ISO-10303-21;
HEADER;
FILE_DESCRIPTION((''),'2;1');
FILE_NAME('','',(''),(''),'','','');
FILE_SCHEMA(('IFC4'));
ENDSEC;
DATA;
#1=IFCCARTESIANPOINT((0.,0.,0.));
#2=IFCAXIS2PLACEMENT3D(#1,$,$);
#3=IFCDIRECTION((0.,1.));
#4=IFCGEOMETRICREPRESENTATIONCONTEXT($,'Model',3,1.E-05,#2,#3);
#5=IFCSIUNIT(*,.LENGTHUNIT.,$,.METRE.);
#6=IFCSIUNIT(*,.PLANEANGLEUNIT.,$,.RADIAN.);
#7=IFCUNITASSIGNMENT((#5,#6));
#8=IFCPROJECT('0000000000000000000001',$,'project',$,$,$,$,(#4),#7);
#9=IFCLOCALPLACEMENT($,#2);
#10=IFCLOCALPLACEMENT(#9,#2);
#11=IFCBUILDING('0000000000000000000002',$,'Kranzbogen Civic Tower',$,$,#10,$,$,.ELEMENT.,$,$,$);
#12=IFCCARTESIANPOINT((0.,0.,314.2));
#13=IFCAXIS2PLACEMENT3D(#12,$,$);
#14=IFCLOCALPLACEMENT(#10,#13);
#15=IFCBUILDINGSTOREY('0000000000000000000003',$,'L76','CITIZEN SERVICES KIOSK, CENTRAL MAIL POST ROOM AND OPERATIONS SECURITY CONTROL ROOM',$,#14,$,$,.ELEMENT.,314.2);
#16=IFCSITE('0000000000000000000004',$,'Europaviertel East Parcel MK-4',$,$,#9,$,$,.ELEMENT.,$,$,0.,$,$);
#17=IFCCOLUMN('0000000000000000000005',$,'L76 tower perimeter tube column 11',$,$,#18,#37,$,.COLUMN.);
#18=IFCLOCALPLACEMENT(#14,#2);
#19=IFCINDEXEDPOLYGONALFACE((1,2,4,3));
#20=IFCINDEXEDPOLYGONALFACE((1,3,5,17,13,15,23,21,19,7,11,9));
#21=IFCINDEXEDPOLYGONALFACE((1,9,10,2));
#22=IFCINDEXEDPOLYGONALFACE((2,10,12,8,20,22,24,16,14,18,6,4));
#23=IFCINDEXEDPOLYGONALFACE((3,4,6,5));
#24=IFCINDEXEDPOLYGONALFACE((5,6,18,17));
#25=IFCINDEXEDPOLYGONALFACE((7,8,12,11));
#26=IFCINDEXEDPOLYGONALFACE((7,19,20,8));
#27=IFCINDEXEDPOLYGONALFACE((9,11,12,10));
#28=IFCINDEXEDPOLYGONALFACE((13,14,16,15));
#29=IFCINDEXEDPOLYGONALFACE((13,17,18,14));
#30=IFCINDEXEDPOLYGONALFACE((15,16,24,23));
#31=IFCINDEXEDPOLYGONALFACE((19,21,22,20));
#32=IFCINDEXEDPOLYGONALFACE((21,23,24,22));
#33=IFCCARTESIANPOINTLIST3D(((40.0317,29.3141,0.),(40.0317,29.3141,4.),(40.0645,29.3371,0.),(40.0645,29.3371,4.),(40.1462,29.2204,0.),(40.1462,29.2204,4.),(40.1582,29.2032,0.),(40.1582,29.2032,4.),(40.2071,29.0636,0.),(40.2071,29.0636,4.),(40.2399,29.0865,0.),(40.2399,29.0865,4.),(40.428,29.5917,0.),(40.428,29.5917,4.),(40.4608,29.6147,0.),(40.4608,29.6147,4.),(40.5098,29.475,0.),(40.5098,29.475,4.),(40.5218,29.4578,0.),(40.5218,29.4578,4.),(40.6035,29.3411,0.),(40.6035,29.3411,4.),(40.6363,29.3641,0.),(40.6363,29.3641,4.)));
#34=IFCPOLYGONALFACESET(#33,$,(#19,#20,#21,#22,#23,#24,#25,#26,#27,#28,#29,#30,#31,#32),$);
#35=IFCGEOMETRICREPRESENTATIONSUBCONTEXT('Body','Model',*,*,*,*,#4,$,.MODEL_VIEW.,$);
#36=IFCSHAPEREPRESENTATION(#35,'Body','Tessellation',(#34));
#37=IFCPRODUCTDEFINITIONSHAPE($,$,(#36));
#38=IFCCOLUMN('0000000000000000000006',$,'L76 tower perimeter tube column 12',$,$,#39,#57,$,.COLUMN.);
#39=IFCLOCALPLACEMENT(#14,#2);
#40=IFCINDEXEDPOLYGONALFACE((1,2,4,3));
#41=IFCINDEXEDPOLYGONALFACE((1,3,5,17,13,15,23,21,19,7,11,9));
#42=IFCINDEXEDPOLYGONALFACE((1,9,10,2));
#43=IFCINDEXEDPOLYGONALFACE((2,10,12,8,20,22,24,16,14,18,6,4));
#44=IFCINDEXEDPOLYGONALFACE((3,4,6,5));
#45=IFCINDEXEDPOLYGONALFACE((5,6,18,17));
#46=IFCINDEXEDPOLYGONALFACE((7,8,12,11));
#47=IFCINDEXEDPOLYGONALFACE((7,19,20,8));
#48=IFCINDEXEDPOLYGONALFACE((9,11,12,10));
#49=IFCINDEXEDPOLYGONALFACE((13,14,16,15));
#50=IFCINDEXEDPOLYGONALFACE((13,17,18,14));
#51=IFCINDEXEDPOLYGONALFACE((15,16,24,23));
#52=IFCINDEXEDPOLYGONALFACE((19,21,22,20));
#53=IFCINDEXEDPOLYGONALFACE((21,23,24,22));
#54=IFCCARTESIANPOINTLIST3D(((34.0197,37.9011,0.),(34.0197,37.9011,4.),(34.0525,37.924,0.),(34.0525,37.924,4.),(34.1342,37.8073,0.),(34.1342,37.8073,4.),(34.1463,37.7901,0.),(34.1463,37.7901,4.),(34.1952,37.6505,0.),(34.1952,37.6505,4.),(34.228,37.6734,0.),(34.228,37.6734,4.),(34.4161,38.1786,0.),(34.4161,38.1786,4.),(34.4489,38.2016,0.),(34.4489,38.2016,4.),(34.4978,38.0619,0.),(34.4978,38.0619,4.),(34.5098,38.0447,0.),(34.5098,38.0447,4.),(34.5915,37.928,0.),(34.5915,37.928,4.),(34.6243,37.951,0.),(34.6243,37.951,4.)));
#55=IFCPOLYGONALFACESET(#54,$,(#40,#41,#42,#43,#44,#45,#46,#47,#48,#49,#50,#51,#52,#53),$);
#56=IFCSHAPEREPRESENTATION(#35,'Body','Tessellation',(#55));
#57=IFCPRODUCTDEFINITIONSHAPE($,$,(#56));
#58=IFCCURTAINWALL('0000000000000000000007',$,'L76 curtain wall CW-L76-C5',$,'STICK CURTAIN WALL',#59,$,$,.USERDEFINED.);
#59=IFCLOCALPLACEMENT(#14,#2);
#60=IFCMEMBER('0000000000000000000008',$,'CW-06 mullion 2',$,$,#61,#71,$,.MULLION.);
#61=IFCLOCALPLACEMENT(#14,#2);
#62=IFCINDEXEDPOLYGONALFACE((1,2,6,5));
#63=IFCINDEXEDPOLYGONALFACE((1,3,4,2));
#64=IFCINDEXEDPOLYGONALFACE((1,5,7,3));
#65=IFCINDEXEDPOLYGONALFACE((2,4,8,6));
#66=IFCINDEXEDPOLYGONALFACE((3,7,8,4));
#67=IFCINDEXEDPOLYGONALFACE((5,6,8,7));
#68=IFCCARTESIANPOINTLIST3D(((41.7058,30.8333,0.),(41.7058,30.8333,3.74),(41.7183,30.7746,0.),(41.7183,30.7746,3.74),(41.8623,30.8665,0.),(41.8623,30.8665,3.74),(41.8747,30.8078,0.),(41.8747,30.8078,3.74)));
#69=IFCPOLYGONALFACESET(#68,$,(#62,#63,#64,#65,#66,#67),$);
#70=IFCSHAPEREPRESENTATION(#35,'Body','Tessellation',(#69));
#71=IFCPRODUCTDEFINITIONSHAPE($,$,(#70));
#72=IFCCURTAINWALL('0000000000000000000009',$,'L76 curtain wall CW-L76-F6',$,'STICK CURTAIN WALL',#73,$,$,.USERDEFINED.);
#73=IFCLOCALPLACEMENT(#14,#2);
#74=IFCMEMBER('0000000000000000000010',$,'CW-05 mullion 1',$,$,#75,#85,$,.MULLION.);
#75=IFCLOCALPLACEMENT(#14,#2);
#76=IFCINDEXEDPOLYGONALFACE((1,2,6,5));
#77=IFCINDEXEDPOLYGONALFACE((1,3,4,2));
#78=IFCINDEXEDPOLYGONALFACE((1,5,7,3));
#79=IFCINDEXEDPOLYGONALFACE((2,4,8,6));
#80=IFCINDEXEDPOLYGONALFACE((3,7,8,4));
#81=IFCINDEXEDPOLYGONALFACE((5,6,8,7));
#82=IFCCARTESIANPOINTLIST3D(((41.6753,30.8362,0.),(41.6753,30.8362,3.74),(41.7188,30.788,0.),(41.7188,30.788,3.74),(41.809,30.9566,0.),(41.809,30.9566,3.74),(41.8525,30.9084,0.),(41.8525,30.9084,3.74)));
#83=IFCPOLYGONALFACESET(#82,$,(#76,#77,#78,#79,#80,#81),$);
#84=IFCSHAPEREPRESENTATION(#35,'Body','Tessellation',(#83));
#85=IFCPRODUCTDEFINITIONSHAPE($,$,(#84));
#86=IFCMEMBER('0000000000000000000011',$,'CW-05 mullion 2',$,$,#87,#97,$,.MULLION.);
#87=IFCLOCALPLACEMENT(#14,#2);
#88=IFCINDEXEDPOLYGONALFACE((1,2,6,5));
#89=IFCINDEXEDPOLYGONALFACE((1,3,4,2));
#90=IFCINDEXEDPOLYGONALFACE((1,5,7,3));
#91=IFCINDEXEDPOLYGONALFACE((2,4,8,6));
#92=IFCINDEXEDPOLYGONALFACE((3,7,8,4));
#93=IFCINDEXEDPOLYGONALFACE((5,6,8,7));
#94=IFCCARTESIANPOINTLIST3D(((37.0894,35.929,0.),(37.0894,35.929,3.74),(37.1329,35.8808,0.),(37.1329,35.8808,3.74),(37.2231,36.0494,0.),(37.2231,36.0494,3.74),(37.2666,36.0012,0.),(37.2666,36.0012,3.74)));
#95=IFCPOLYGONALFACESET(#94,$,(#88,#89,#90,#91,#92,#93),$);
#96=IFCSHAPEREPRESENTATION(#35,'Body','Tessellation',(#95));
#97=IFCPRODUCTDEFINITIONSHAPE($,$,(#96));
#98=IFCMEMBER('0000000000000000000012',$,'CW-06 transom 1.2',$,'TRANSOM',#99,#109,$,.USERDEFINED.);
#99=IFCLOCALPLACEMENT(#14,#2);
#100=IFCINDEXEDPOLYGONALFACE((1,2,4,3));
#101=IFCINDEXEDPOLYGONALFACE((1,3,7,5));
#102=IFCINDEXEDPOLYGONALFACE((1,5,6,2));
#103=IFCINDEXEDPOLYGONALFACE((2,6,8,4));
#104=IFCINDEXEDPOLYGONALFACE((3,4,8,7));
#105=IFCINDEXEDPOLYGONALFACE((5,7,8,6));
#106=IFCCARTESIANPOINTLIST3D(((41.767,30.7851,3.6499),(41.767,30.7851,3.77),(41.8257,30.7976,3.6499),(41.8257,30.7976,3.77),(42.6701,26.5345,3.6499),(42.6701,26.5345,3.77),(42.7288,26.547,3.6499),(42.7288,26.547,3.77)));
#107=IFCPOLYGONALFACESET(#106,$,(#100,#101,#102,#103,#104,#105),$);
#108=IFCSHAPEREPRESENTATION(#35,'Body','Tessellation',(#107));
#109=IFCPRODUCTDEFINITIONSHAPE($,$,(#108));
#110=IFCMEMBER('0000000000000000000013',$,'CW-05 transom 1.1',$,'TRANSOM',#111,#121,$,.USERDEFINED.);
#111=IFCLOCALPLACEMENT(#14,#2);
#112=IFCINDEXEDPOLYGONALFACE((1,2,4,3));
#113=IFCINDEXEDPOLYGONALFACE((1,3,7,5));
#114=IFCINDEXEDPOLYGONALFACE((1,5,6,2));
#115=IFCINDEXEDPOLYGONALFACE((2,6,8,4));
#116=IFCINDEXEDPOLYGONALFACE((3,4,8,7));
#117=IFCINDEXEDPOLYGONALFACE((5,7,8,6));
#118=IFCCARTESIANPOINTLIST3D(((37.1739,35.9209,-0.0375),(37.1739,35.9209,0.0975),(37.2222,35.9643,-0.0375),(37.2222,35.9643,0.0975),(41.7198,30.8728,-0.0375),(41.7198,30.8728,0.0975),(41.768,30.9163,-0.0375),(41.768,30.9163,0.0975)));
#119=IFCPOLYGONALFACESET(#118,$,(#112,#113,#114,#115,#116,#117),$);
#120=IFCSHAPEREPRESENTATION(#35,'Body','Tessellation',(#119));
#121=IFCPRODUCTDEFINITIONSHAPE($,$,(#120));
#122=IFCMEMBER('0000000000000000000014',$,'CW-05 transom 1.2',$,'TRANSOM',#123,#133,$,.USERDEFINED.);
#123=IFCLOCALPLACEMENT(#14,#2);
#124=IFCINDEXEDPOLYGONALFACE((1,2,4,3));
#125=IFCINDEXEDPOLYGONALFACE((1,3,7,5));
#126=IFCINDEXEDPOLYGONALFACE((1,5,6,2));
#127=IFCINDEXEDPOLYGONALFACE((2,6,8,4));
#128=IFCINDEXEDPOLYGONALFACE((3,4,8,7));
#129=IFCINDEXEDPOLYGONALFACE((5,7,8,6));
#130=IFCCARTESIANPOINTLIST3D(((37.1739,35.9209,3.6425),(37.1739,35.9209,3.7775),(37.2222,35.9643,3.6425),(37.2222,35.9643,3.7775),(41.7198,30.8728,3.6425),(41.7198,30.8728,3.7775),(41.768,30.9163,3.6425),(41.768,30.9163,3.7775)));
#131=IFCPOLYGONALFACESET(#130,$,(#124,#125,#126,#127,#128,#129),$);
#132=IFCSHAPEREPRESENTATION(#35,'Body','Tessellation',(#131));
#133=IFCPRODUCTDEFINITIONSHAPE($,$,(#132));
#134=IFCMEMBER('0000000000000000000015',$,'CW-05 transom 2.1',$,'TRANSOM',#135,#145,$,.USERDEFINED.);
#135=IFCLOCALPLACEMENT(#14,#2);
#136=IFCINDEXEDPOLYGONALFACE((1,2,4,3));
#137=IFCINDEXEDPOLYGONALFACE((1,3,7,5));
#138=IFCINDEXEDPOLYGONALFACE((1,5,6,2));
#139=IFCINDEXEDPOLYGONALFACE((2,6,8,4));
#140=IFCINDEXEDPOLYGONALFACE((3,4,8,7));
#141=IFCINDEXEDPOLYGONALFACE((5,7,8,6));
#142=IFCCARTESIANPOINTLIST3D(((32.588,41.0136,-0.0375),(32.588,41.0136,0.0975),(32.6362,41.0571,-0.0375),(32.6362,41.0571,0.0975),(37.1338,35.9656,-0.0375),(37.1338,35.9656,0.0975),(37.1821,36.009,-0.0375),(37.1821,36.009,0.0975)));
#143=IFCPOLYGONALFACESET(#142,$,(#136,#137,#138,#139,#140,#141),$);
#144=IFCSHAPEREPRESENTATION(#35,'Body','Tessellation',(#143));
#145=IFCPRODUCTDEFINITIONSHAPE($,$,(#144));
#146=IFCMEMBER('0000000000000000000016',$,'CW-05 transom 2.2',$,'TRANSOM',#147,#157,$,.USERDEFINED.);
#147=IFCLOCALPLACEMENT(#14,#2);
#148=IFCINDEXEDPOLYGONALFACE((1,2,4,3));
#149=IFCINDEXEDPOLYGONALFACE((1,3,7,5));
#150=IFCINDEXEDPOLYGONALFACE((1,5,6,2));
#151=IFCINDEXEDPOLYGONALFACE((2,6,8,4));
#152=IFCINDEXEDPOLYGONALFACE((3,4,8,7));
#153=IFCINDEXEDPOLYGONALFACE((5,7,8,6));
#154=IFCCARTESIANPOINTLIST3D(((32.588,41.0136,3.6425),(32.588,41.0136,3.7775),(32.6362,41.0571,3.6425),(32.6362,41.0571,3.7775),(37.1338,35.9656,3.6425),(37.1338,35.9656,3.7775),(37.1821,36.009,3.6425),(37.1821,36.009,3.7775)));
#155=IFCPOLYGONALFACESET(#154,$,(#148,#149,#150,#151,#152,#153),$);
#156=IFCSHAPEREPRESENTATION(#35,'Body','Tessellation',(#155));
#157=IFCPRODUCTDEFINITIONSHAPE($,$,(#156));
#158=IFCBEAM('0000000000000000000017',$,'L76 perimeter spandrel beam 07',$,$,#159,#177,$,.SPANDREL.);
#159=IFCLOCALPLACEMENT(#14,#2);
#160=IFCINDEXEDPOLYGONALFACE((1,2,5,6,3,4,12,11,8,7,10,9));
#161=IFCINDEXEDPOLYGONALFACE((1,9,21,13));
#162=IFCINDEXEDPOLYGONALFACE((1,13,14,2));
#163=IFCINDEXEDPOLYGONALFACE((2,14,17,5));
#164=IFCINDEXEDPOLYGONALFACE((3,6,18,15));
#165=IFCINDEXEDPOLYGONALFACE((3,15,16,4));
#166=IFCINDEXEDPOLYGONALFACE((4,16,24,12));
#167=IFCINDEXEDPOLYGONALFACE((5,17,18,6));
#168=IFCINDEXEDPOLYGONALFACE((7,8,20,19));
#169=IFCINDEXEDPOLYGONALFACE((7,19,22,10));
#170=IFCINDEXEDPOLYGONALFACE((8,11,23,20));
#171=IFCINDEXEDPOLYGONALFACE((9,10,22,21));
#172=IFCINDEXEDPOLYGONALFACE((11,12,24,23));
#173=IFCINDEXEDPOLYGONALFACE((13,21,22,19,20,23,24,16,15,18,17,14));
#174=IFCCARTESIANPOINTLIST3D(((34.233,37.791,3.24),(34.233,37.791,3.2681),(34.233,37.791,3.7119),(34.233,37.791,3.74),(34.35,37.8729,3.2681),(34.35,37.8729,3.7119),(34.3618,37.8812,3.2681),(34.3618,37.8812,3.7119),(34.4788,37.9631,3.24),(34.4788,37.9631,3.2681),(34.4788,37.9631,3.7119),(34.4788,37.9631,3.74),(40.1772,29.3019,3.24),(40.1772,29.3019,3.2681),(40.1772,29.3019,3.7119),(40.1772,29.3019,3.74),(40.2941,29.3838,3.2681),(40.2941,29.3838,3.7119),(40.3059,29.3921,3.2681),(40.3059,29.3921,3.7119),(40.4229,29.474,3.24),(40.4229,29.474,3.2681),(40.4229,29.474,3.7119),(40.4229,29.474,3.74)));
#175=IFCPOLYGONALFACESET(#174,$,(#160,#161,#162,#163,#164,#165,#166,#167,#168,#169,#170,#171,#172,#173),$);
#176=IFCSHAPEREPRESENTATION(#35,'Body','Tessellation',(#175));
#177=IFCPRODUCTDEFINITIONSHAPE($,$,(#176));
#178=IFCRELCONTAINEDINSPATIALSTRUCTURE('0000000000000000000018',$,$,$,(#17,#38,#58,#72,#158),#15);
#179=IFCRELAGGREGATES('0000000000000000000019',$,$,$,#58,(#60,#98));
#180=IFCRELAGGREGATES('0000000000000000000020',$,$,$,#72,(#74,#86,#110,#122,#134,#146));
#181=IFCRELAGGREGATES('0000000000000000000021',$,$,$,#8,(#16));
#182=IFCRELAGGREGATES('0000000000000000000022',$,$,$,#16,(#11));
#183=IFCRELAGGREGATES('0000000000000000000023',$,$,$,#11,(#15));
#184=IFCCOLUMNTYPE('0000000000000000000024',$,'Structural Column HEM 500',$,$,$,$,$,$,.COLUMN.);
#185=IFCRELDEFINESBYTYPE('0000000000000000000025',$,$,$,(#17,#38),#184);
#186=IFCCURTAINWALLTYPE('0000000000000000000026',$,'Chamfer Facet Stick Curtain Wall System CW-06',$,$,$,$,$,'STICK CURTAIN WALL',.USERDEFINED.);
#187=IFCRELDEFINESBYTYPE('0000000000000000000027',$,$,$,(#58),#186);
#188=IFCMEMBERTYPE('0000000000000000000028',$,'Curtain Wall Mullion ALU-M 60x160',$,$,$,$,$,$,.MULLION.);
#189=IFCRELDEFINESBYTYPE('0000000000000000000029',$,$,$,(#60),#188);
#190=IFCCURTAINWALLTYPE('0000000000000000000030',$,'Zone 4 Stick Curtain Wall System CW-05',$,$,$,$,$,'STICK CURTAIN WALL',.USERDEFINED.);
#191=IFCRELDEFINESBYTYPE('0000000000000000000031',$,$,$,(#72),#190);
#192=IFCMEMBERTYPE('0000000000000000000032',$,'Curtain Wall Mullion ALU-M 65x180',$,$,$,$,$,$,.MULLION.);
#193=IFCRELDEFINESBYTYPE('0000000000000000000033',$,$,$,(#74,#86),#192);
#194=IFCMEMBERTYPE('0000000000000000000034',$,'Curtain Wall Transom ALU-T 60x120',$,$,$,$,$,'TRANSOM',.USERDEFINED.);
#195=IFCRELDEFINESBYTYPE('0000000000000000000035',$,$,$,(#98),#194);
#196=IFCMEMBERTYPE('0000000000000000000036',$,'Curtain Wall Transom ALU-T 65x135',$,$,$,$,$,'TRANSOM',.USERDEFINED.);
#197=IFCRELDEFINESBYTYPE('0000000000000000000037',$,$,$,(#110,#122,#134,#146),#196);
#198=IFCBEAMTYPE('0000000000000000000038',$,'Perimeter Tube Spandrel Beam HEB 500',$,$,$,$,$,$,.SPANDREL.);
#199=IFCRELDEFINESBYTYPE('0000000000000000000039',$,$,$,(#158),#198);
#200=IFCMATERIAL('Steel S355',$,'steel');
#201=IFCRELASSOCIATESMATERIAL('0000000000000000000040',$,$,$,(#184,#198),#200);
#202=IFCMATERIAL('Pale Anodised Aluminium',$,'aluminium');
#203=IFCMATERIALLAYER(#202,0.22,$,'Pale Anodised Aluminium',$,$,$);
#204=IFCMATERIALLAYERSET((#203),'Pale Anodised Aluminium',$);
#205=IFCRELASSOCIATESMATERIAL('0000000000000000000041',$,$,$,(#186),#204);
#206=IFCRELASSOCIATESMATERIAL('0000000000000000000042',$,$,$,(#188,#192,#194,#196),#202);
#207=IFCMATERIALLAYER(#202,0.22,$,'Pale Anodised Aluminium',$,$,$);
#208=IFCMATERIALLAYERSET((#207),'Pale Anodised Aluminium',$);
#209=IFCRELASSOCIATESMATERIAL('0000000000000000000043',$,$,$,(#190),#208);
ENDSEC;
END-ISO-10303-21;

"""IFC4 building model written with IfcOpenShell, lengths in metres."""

from ifc_helpers import new_model, si_unit, direction, frame, origin, origin_2d, place, context, subcontext, project, spatial, rectangle, i_section, extrude, material, layer, layer_set, material_profile, profile_set, type_object, element, aggregate, save


model = new_model("IFC4")

# Units and contexts
model_context = context("Model", 3, precision=1e-05, world=origin(), true_north=direction((0.0, 1.0)))
body_context = subcontext(model_context, "Body", "Model", "MODEL_VIEW")
ifc_project = project(units=[si_unit("LENGTHUNIT", "METRE"), si_unit("PLANEANGLEUNIT", "RADIAN")], contexts=[model_context])

# Site, building, storey
site_placement = place(None, origin())
site = spatial("IfcSite", under=ifc_project, at=site_placement, Name="Europaviertel East Parcel MK-4", CompositionType="ELEMENT", RefElevation=0.0)
building_placement = place(site_placement, origin())
building = spatial("IfcBuilding", under=site, at=building_placement, Name="Kranzbogen Civic Tower", CompositionType="ELEMENT")
storey_placement = place(building_placement, frame((0.0, 0.0, 314.2)))
storey = spatial("IfcBuildingStorey", under=building, at=storey_placement, Name="L76", Description="CITIZEN SERVICES KIOSK, CENTRAL MAIL POST ROOM AND OPERATIONS SECURITY CONTROL ROOM", CompositionType="ELEMENT", Elevation=314.2)

# Columns
ifc_material_1 = material(Name="Steel S355", Category="steel")
ifc_material_profile_1 = material_profile(ifc_material_1, i_section(OverallWidth=0.3059, OverallDepth=0.5239, WebThickness=0.021, FlangeThickness=0.04, at=origin_2d()), Name="HEM 500")
ifc_profile_set_1 = profile_set([ifc_material_profile_1], Name="Steel S355")
column_type = type_object("IfcColumnType", Name="Structural Column HEM 500", PredefinedType="COLUMN", material=ifc_profile_set_1)
for number, where, z_axis, x_axis, name in (
    (1, (40.334, 29.3391, 0.0), (0.0, 0.0, 1.0), (-0.573576, 0.819152, 0.0), "L76 tower perimeter tube column 11"),
    (2, (34.322, 37.926, 0.0), (0.0, 0.0, 1.0), (-0.573576, 0.819152, 0.0), "L76 tower perimeter tube column 12"),
):
    element("IfcColumn", number, at=place(storey_placement, frame(where, z_axis=z_axis, x_axis=x_axis)), inside=storey, type_object=column_type, Name=name, PredefinedType="COLUMN", context=body_context, shape_type="SweptSolid", body=[
        extrude(i_section(OverallWidth=0.3059, OverallDepth=0.5239, WebThickness=0.021, FlangeThickness=0.04, at=origin_2d()), origin(), (0.0, 0.0, 1.0), 4.0),
    ])

# Curtain wall, member
ifc_material_2 = material(Name="Pale Anodised Aluminium", Category="aluminium")
ifc_layer_1 = layer(ifc_material_2, 0.22, Name="Pale Anodised Aluminium")
ifc_layer_set_1 = layer_set([ifc_layer_1], Name="Pale Anodised Aluminium")
curtain_wall_type_1 = type_object("IfcCurtainWallType", Name="Chamfer Facet Stick Curtain Wall System CW-06", ElementType="STICK CURTAIN WALL", PredefinedType="USERDEFINED", material=ifc_layer_set_1)
curtain_wall_1_placement = place(storey_placement, origin())
curtain_wall_1 = element("IfcCurtainWall", 3, at=curtain_wall_1_placement, inside=storey, type_object=curtain_wall_type_1, Name="L76 curtain wall CW-L76-C5", ObjectType="STICK CURTAIN WALL", PredefinedType="USERDEFINED")
ifc_material_profile_2 = material_profile(ifc_material_2, rectangle(XDim=0.0601, YDim=0.1599, at=origin_2d()), Name="ALU-M 60x160")
ifc_profile_set_2 = profile_set([ifc_material_profile_2], Name="Pale Anodised Aluminium")
member_type_1 = type_object("IfcMemberType", Name="Curtain Wall Mullion ALU-M 60x160", PredefinedType="MULLION", material=ifc_profile_set_2)
member_1_placement = place(storey_placement, frame((41.7903, 30.8206, 0.0), z_axis=(0.0, 0.0, 1.0), x_axis=(-0.207816, 0.978168, 0.0)))
member_1 = element("IfcMember", 4, at=member_1_placement, type_object=member_type_1, Name="CW-06 mullion 2", PredefinedType="MULLION", context=body_context, shape_type="SweptSolid", body=[
    extrude(rectangle(XDim=0.0601, YDim=0.1599, at=origin_2d()), origin(), (0.0, 0.0, 1.0), 3.74),
])

# Curtain wall, members
ifc_layer_2 = layer(ifc_material_2, 0.22, Name="Pale Anodised Aluminium")
ifc_layer_set_2 = layer_set([ifc_layer_2], Name="Pale Anodised Aluminium")
curtain_wall_type_2 = type_object("IfcCurtainWallType", Name="Zone 4 Stick Curtain Wall System CW-05", ElementType="STICK CURTAIN WALL", PredefinedType="USERDEFINED", material=ifc_layer_set_2)
curtain_wall_2_placement = place(storey_placement, origin())
curtain_wall_2 = element("IfcCurtainWall", 5, at=curtain_wall_2_placement, inside=storey, type_object=curtain_wall_type_2, Name="L76 curtain wall CW-L76-F6", ObjectType="STICK CURTAIN WALL", PredefinedType="USERDEFINED")
ifc_material_profile_3 = material_profile(ifc_material_2, rectangle(XDim=0.0649, YDim=0.1799, at=origin_2d()), Name="ALU-M 65x180")
ifc_profile_set_3 = profile_set([ifc_material_profile_3], Name="Pale Anodised Aluminium")
member_type_2 = type_object("IfcMemberType", Name="Curtain Wall Mullion ALU-M 65x180", PredefinedType="MULLION", material=ifc_profile_set_3)
member_2_placement = place(storey_placement, frame((41.7639, 30.8723, 0.0), z_axis=(0.0, 0.0, 1.0), x_axis=(-0.669165, 0.743114, 0.0)))
member_2 = element("IfcMember", 6, at=member_2_placement, type_object=member_type_2, Name="CW-05 mullion 1", PredefinedType="MULLION", context=body_context, shape_type="SweptSolid", body=[
    extrude(rectangle(XDim=0.0649, YDim=0.1799, at=origin_2d()), origin(), (0.0, 0.0, 1.0), 3.74),
])
member_3_placement = place(storey_placement, frame((37.178, 35.9651, 0.0), z_axis=(0.0, 0.0, 1.0), x_axis=(-0.669165, 0.743114, 0.0)))
member_3 = element("IfcMember", 7, at=member_3_placement, type_object=member_type_2, Name="CW-05 mullion 2", PredefinedType="MULLION", context=body_context, shape_type="SweptSolid", body=[
    extrude(rectangle(XDim=0.0649, YDim=0.1799, at=origin_2d()), origin(), (0.0, 0.0, 1.0), 3.74),
])

# Members
ifc_material_profile_4 = material_profile(ifc_material_2, rectangle(XDim=0.0601, YDim=0.1201, at=origin_2d()), Name="ALU-T 60x120")
ifc_profile_set_4 = profile_set([ifc_material_profile_4], Name="Pale Anodised Aluminium")
member_type_3 = type_object("IfcMemberType", Name="Curtain Wall Transom ALU-T 60x120", ElementType="TRANSOM", PredefinedType="USERDEFINED", material=ifc_profile_set_4)
member_4_placement = place(storey_placement, frame((42.6995, 26.5408, 3.71), z_axis=(-0.207825, 0.978166, 0.0), x_axis=(-0.978166, -0.207825, 0.0)))
member_4 = element("IfcMember", 8, at=member_4_placement, type_object=member_type_3, Name="CW-06 transom 1.2", ObjectType="TRANSOM", PredefinedType="USERDEFINED", context=body_context, shape_type="SweptSolid", body=[
    extrude(rectangle(XDim=0.0601, YDim=0.1201, at=origin_2d()), origin(), (0.0, 0.0, 1.0), 4.3455),
])
ifc_material_profile_5 = material_profile(ifc_material_2, rectangle(XDim=0.0649, YDim=0.135, at=origin_2d()), Name="ALU-T 65x135")
ifc_profile_set_5 = profile_set([ifc_material_profile_5], Name="Pale Anodised Aluminium")
member_type_4 = type_object("IfcMemberType", Name="Curtain Wall Transom ALU-T 65x135", ElementType="TRANSOM", PredefinedType="USERDEFINED", material=ifc_profile_set_5)
member_5_placement = place(storey_placement, frame((41.7439, 30.8945, 0.03), z_axis=(-0.669177, 0.743103, 0.0), x_axis=(-0.743103, -0.669177, 0.0)))
member_5 = element("IfcMember", 9, at=member_5_placement, type_object=member_type_4, Name="CW-05 transom 1.1", ObjectType="TRANSOM", PredefinedType="USERDEFINED", context=body_context, shape_type="SweptSolid", body=[
    extrude(rectangle(XDim=0.0649, YDim=0.135, at=origin_2d()), origin(), (0.0, 0.0, 1.0), 6.7932),
])
member_6_placement = place(storey_placement, frame((41.7439, 30.8945, 3.71), z_axis=(-0.669177, 0.743103, 0.0), x_axis=(-0.743103, -0.669177, 0.0)))
member_6 = element("IfcMember", 10, at=member_6_placement, type_object=member_type_4, Name="CW-05 transom 1.2", ObjectType="TRANSOM", PredefinedType="USERDEFINED", context=body_context, shape_type="SweptSolid", body=[
    extrude(rectangle(XDim=0.0649, YDim=0.135, at=origin_2d()), origin(), (0.0, 0.0, 1.0), 6.7932),
])
member_7_placement = place(storey_placement, frame((37.158, 35.9873, 0.03), z_axis=(-0.669177, 0.743103, 0.0), x_axis=(-0.743103, -0.669177, 0.0)))
member_7 = element("IfcMember", 11, at=member_7_placement, type_object=member_type_4, Name="CW-05 transom 2.1", ObjectType="TRANSOM", PredefinedType="USERDEFINED", context=body_context, shape_type="SweptSolid", body=[
    extrude(rectangle(XDim=0.0649, YDim=0.135, at=origin_2d()), origin(), (0.0, 0.0, 1.0), 6.7932),
])
member_8_placement = place(storey_placement, frame((37.158, 35.9873, 3.71), z_axis=(-0.669177, 0.743103, 0.0), x_axis=(-0.743103, -0.669177, 0.0)))
member_8 = element("IfcMember", 12, at=member_8_placement, type_object=member_type_4, Name="CW-05 transom 2.2", ObjectType="TRANSOM", PredefinedType="USERDEFINED", context=body_context, shape_type="SweptSolid", body=[
    extrude(rectangle(XDim=0.0649, YDim=0.135, at=origin_2d()), origin(), (0.0, 0.0, 1.0), 6.7932),
])

# Beam
ifc_material_profile_6 = material_profile(ifc_material_1, i_section(OverallWidth=0.3, OverallDepth=0.5, WebThickness=0.0144, FlangeThickness=0.0281, at=origin_2d()), Name="HEB 500")
ifc_profile_set_6 = profile_set([ifc_material_profile_6], Name="Steel S355")
beam_type_1 = type_object("IfcBeamType", Name="Perimeter Tube Spandrel Beam HEB 500", PredefinedType="SPANDREL", material=ifc_profile_set_6)
beam_1_placement = place(storey_placement, frame((40.3, 29.3879, 3.49), z_axis=(-0.573578, 0.819151, 0.0), x_axis=(-0.819151, -0.573578, 0.0)))
element("IfcBeam", 13, at=beam_1_placement, inside=storey, type_object=beam_type_1, Name="L76 perimeter spandrel beam 07", PredefinedType="SPANDREL", context=body_context, shape_type="SweptSolid", body=[
    extrude(i_section(OverallWidth=0.3, OverallDepth=0.5, WebThickness=0.0144, FlangeThickness=0.0281, at=origin_2d()), origin(), (0.0, 0.0, 1.0), 10.3633),
])

aggregate(curtain_wall_1, [member_1, member_4])
aggregate(curtain_wall_2, [member_2, member_3, member_5, member_6, member_7, member_8])

save(model, "model.ifc")
